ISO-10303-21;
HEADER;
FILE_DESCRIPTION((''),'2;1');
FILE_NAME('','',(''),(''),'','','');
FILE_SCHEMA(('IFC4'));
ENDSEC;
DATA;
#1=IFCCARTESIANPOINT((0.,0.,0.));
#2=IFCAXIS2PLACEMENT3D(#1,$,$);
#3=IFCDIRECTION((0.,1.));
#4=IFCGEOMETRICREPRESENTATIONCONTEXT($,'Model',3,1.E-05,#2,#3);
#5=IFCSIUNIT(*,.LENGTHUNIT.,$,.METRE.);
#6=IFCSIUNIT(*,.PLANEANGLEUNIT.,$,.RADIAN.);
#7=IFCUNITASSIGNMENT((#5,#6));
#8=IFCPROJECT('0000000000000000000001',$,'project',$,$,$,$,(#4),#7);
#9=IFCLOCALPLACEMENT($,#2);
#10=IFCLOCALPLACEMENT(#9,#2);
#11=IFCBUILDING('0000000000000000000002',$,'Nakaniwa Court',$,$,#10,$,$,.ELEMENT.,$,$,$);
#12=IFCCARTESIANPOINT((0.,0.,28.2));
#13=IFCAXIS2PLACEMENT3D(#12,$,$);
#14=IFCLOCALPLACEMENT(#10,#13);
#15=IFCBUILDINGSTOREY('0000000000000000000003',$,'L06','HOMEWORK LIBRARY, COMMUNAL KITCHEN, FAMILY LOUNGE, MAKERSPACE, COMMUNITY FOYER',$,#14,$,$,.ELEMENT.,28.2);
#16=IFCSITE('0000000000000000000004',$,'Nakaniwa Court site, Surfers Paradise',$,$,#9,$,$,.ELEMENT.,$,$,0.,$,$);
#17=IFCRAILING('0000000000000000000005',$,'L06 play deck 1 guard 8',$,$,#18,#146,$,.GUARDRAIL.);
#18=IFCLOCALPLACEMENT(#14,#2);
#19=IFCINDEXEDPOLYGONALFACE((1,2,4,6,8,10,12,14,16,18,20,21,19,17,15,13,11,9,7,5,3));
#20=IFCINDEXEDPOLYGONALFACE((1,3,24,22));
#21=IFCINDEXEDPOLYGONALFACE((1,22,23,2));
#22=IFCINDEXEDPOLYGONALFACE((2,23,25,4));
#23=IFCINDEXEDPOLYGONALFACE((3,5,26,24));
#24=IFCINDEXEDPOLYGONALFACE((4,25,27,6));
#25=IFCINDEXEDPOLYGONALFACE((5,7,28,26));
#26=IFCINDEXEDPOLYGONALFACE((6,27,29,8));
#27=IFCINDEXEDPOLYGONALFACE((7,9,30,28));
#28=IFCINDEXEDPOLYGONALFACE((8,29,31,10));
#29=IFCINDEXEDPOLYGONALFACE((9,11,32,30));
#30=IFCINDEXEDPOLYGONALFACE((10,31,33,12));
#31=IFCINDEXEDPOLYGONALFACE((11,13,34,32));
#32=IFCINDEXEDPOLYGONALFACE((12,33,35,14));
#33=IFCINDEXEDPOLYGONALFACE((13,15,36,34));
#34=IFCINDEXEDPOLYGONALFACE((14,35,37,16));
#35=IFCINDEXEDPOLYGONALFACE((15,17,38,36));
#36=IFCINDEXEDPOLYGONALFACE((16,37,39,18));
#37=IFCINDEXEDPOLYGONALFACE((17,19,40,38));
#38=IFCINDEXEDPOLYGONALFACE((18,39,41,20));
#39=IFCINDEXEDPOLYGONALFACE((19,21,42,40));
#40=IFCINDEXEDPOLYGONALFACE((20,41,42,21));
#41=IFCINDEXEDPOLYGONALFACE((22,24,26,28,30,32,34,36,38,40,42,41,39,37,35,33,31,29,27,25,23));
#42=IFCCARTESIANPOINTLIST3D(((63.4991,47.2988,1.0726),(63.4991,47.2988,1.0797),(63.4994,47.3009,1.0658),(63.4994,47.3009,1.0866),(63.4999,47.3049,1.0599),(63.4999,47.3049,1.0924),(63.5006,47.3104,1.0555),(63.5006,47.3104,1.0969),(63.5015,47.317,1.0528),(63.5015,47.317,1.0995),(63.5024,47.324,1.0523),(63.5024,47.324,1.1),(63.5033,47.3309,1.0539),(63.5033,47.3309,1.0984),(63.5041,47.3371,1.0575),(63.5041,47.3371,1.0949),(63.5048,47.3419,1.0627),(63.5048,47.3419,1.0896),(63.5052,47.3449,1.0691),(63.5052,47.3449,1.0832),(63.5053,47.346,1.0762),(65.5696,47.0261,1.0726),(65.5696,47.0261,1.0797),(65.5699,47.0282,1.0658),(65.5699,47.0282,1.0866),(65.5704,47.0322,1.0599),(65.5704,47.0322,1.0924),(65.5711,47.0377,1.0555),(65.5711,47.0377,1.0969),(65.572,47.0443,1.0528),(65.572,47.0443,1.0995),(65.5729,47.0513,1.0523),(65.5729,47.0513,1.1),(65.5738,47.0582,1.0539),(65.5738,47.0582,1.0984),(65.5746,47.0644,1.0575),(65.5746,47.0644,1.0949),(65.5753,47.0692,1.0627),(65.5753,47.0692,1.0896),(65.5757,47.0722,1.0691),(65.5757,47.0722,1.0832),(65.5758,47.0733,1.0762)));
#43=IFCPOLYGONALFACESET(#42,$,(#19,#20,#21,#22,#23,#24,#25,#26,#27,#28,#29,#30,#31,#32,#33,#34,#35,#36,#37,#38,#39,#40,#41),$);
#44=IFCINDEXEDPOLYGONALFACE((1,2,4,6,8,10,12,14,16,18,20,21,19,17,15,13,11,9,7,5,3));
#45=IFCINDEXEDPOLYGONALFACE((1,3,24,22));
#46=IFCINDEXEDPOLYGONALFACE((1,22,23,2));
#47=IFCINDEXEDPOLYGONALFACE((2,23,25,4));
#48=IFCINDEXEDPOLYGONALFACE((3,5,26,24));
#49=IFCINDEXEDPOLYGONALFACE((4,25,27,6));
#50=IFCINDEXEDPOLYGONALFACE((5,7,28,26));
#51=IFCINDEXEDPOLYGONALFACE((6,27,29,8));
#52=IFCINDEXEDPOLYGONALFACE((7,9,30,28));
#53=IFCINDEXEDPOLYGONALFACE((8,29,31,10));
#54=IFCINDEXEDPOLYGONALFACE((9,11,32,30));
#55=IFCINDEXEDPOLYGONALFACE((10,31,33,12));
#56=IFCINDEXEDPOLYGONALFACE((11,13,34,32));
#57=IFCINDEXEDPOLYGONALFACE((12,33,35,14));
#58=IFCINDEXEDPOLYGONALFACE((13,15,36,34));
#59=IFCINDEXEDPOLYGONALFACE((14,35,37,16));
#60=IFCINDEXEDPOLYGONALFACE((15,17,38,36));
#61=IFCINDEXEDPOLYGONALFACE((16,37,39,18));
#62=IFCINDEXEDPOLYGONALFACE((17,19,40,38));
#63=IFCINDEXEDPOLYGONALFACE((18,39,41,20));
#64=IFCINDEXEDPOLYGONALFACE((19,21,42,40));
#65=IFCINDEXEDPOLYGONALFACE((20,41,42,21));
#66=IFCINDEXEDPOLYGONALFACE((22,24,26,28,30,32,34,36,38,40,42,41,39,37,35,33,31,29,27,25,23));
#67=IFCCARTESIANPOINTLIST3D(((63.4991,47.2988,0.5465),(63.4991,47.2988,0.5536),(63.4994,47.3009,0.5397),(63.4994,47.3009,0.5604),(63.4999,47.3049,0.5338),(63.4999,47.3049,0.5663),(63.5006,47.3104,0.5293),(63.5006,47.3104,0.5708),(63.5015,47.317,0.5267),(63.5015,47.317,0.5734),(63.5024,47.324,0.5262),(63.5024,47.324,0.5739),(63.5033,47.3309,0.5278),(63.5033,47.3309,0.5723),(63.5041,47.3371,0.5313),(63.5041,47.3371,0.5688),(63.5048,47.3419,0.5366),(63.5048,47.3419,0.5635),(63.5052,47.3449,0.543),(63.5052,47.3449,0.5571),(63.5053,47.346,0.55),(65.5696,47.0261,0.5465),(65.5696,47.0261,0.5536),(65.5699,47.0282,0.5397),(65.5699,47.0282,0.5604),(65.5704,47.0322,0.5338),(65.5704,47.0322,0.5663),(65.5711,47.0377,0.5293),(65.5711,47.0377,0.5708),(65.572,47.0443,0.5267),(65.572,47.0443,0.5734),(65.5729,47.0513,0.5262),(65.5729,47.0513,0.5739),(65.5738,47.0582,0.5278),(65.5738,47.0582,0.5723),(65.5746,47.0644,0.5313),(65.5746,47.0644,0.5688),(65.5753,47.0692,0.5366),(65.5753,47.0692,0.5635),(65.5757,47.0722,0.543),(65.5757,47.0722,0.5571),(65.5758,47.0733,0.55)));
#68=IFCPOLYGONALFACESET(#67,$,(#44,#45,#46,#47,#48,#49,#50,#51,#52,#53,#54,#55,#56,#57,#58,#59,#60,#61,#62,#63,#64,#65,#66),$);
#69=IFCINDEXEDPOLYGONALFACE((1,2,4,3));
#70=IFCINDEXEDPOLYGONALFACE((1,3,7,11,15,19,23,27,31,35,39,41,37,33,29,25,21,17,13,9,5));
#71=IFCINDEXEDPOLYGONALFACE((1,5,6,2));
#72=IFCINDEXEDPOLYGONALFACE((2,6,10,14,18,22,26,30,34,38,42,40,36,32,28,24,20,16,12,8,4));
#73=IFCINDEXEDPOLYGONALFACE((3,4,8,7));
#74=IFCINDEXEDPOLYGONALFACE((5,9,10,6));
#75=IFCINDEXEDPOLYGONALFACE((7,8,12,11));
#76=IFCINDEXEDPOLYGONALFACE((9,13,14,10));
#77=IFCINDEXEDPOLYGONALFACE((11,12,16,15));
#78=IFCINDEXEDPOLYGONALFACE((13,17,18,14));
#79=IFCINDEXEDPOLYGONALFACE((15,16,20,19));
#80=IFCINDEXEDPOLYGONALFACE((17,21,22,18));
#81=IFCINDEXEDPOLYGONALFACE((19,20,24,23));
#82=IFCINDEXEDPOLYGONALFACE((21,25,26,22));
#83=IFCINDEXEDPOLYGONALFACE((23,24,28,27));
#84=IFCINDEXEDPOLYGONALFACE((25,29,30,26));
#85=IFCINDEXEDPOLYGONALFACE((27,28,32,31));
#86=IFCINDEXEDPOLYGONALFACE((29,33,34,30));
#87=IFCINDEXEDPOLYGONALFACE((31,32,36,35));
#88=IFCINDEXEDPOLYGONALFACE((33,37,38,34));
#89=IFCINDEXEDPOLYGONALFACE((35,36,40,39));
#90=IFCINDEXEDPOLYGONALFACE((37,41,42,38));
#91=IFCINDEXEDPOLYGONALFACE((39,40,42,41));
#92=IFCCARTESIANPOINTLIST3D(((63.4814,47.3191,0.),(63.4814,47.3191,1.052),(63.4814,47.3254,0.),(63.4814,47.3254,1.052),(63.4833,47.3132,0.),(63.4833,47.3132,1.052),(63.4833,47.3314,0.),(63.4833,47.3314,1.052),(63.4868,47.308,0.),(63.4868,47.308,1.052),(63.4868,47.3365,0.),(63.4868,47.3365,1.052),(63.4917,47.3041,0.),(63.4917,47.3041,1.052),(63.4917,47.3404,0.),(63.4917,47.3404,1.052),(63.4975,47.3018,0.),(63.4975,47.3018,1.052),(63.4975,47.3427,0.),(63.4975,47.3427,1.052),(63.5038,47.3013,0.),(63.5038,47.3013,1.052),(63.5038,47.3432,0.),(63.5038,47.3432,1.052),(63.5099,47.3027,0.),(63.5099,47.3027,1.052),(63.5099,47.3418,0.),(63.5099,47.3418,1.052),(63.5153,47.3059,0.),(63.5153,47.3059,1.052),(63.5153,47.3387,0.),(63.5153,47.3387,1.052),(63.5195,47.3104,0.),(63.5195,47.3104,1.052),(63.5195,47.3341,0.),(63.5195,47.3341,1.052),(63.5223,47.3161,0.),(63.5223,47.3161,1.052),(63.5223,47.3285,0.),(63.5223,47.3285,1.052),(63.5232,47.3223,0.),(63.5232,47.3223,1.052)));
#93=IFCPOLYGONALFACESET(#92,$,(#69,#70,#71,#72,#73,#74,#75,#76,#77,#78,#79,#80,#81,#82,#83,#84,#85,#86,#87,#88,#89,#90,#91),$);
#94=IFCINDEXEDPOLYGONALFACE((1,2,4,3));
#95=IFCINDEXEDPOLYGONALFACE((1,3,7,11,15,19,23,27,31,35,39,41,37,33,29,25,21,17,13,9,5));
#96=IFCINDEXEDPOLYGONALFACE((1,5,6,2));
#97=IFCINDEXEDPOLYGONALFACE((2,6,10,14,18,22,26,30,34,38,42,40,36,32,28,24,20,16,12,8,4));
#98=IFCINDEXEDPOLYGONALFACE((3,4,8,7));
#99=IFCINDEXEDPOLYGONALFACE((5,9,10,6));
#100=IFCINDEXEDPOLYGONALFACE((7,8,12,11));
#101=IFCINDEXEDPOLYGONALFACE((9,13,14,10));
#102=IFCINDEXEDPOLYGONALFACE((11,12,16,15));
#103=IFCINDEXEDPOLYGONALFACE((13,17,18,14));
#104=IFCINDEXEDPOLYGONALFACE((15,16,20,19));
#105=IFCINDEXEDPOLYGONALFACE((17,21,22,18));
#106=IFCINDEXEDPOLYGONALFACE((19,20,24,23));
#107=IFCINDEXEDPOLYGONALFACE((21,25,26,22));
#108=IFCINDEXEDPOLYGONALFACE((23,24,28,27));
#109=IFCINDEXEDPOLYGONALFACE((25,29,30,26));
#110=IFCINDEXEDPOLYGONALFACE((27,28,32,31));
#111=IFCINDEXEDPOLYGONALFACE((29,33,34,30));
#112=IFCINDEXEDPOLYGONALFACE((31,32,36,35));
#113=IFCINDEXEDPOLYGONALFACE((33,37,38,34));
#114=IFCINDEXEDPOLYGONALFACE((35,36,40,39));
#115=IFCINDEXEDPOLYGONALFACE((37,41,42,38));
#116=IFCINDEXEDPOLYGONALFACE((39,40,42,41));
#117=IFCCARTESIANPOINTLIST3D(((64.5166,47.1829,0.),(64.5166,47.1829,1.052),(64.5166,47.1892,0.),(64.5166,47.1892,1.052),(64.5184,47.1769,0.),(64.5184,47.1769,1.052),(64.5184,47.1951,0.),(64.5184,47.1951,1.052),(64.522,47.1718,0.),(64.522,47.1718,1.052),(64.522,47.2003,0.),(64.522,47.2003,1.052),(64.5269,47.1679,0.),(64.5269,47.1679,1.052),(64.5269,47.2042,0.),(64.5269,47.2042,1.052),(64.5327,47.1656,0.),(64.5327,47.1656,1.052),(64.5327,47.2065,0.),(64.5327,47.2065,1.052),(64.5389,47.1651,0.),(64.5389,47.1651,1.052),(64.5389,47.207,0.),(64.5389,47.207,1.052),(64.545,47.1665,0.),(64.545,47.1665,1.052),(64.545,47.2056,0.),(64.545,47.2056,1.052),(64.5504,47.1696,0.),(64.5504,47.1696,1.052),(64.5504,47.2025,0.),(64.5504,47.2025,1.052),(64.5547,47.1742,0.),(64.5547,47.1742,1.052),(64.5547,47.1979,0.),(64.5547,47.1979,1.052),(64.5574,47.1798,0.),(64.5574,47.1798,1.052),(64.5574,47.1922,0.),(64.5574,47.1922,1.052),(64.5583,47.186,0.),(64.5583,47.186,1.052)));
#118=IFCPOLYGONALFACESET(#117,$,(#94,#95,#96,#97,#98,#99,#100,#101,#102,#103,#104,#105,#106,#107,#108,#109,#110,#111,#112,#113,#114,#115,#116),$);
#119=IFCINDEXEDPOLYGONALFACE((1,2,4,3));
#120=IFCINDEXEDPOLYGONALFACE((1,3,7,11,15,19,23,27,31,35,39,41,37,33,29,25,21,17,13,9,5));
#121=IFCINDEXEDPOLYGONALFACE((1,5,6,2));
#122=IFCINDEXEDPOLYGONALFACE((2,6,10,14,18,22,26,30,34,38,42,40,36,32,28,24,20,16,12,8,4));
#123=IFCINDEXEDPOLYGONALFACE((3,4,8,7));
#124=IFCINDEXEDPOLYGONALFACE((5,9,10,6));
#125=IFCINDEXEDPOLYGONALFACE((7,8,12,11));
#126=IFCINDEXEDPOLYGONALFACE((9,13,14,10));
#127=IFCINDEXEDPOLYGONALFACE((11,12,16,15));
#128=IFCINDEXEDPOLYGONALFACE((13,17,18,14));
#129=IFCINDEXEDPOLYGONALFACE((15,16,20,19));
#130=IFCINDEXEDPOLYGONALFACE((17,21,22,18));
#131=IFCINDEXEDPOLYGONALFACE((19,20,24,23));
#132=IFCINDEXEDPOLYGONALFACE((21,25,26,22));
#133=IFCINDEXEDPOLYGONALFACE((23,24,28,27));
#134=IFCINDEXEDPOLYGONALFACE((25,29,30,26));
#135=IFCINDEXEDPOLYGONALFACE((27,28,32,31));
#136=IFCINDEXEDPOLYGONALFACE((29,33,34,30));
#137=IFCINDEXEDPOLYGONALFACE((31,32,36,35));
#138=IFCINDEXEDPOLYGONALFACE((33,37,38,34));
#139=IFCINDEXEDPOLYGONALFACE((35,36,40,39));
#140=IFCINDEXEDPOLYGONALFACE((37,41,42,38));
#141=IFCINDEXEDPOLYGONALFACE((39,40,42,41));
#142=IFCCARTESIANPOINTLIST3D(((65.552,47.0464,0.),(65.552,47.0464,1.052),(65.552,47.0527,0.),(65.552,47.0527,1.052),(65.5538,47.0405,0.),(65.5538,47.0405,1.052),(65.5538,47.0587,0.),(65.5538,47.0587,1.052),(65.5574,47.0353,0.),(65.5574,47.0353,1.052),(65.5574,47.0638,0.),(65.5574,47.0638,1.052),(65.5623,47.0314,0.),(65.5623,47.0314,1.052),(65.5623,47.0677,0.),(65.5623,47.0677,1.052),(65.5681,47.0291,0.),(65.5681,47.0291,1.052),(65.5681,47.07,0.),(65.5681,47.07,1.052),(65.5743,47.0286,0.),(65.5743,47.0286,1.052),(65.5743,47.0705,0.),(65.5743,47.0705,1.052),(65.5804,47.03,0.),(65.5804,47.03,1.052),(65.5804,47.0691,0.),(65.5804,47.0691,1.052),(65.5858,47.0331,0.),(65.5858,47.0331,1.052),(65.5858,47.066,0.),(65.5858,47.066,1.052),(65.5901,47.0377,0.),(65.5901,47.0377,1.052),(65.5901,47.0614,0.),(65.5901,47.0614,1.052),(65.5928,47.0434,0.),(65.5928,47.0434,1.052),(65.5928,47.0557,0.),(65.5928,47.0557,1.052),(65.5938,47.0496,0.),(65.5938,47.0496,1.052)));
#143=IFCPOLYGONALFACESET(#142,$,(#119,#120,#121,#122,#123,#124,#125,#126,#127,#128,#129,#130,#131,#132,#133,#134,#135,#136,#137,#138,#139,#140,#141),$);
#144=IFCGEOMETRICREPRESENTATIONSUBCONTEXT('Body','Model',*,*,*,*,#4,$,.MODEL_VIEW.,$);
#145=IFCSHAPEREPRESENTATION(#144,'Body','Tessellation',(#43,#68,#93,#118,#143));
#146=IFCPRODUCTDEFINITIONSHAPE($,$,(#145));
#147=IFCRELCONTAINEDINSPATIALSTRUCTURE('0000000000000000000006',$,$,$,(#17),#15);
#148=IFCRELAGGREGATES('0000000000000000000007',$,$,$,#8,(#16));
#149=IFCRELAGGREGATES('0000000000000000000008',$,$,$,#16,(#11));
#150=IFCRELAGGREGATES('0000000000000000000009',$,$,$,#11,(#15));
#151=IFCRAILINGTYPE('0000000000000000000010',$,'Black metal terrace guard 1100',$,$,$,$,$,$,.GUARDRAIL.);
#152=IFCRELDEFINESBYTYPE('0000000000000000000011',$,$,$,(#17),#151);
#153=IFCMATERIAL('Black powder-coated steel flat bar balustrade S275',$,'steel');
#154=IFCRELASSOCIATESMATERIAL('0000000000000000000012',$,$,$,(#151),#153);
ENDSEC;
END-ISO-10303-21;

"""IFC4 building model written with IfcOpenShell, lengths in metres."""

from ifc_helpers import new_model, si_unit, direction, frame, origin, origin_2d, place, context, subcontext, project, spatial, circle, extrude, material, type_object, element, save


model = new_model("IFC4")

# Units and contexts
model_context = context("Model", 3, precision=1e-05, world=origin(), true_north=direction((0.0, 1.0)))
body_context = subcontext(model_context, "Body", "Model", "MODEL_VIEW")
ifc_project = project(units=[si_unit("LENGTHUNIT", "METRE"), si_unit("PLANEANGLEUNIT", "RADIAN")], contexts=[model_context])

# Site, building, storey
site_placement = place(None, origin())
site = spatial("IfcSite", under=ifc_project, at=site_placement, Name="Nakaniwa Court site, Surfers Paradise", CompositionType="ELEMENT", RefElevation=0.0)
building_placement = place(site_placement, origin())
building = spatial("IfcBuilding", under=site, at=building_placement, Name="Nakaniwa Court", CompositionType="ELEMENT")
storey_placement = place(building_placement, frame((0.0, 0.0, 28.2)))
storey = spatial("IfcBuildingStorey", under=building, at=storey_placement, Name="L06", Description="HOMEWORK LIBRARY, COMMUNAL KITCHEN, FAMILY LOUNGE, MAKERSPACE, COMMUNITY FOYER", CompositionType="ELEMENT", Elevation=28.2)

# Railing
ifc_material_1 = material(Name="Black powder-coated steel flat bar balustrade S275", Category="steel")
railing_type = type_object("IfcRailingType", Name="Black metal terrace guard 1100", PredefinedType="GUARDRAIL", material=ifc_material_1)
railing_1_placement = place(storey_placement, frame((63.5022, 47.3223, 0.0)))
element("IfcRailing", 1, at=railing_1_placement, inside=storey, type_object=railing_type, Name="L06 play deck 1 guard 8", PredefinedType="GUARDRAIL", context=body_context, shape_type="SweptSolid", body=[
    extrude(circle(Radius=0.0239, at=origin_2d()), frame((0.0, 0.0, 1.0762), z_axis=(0.991438, -0.130578, 0.0), x_axis=(0.130578, 0.991438, 0.0)), (0.0, 0.0, 1.0), 2.0884),
    extrude(circle(Radius=0.0239, at=origin_2d()), frame((0.0, 0.0, 0.55), z_axis=(0.991438, -0.130578, 0.0), x_axis=(0.130578, 0.991438, 0.0)), (0.0, 0.0, 1.0), 2.0884),
    extrude(circle(Radius=0.021, at=origin_2d()), origin(), (0.0, 0.0, 1.0), 1.052),
    extrude(circle(Radius=0.021, at=origin_2d()), frame((1.0352, -0.1362, 0.0)), (0.0, 0.0, 1.0), 1.052),
    extrude(circle(Radius=0.021, at=origin_2d()), frame((2.0706, -0.2727, 0.0)), (0.0, 0.0, 1.0), 1.052),
])

save(model, "model.ifc")
